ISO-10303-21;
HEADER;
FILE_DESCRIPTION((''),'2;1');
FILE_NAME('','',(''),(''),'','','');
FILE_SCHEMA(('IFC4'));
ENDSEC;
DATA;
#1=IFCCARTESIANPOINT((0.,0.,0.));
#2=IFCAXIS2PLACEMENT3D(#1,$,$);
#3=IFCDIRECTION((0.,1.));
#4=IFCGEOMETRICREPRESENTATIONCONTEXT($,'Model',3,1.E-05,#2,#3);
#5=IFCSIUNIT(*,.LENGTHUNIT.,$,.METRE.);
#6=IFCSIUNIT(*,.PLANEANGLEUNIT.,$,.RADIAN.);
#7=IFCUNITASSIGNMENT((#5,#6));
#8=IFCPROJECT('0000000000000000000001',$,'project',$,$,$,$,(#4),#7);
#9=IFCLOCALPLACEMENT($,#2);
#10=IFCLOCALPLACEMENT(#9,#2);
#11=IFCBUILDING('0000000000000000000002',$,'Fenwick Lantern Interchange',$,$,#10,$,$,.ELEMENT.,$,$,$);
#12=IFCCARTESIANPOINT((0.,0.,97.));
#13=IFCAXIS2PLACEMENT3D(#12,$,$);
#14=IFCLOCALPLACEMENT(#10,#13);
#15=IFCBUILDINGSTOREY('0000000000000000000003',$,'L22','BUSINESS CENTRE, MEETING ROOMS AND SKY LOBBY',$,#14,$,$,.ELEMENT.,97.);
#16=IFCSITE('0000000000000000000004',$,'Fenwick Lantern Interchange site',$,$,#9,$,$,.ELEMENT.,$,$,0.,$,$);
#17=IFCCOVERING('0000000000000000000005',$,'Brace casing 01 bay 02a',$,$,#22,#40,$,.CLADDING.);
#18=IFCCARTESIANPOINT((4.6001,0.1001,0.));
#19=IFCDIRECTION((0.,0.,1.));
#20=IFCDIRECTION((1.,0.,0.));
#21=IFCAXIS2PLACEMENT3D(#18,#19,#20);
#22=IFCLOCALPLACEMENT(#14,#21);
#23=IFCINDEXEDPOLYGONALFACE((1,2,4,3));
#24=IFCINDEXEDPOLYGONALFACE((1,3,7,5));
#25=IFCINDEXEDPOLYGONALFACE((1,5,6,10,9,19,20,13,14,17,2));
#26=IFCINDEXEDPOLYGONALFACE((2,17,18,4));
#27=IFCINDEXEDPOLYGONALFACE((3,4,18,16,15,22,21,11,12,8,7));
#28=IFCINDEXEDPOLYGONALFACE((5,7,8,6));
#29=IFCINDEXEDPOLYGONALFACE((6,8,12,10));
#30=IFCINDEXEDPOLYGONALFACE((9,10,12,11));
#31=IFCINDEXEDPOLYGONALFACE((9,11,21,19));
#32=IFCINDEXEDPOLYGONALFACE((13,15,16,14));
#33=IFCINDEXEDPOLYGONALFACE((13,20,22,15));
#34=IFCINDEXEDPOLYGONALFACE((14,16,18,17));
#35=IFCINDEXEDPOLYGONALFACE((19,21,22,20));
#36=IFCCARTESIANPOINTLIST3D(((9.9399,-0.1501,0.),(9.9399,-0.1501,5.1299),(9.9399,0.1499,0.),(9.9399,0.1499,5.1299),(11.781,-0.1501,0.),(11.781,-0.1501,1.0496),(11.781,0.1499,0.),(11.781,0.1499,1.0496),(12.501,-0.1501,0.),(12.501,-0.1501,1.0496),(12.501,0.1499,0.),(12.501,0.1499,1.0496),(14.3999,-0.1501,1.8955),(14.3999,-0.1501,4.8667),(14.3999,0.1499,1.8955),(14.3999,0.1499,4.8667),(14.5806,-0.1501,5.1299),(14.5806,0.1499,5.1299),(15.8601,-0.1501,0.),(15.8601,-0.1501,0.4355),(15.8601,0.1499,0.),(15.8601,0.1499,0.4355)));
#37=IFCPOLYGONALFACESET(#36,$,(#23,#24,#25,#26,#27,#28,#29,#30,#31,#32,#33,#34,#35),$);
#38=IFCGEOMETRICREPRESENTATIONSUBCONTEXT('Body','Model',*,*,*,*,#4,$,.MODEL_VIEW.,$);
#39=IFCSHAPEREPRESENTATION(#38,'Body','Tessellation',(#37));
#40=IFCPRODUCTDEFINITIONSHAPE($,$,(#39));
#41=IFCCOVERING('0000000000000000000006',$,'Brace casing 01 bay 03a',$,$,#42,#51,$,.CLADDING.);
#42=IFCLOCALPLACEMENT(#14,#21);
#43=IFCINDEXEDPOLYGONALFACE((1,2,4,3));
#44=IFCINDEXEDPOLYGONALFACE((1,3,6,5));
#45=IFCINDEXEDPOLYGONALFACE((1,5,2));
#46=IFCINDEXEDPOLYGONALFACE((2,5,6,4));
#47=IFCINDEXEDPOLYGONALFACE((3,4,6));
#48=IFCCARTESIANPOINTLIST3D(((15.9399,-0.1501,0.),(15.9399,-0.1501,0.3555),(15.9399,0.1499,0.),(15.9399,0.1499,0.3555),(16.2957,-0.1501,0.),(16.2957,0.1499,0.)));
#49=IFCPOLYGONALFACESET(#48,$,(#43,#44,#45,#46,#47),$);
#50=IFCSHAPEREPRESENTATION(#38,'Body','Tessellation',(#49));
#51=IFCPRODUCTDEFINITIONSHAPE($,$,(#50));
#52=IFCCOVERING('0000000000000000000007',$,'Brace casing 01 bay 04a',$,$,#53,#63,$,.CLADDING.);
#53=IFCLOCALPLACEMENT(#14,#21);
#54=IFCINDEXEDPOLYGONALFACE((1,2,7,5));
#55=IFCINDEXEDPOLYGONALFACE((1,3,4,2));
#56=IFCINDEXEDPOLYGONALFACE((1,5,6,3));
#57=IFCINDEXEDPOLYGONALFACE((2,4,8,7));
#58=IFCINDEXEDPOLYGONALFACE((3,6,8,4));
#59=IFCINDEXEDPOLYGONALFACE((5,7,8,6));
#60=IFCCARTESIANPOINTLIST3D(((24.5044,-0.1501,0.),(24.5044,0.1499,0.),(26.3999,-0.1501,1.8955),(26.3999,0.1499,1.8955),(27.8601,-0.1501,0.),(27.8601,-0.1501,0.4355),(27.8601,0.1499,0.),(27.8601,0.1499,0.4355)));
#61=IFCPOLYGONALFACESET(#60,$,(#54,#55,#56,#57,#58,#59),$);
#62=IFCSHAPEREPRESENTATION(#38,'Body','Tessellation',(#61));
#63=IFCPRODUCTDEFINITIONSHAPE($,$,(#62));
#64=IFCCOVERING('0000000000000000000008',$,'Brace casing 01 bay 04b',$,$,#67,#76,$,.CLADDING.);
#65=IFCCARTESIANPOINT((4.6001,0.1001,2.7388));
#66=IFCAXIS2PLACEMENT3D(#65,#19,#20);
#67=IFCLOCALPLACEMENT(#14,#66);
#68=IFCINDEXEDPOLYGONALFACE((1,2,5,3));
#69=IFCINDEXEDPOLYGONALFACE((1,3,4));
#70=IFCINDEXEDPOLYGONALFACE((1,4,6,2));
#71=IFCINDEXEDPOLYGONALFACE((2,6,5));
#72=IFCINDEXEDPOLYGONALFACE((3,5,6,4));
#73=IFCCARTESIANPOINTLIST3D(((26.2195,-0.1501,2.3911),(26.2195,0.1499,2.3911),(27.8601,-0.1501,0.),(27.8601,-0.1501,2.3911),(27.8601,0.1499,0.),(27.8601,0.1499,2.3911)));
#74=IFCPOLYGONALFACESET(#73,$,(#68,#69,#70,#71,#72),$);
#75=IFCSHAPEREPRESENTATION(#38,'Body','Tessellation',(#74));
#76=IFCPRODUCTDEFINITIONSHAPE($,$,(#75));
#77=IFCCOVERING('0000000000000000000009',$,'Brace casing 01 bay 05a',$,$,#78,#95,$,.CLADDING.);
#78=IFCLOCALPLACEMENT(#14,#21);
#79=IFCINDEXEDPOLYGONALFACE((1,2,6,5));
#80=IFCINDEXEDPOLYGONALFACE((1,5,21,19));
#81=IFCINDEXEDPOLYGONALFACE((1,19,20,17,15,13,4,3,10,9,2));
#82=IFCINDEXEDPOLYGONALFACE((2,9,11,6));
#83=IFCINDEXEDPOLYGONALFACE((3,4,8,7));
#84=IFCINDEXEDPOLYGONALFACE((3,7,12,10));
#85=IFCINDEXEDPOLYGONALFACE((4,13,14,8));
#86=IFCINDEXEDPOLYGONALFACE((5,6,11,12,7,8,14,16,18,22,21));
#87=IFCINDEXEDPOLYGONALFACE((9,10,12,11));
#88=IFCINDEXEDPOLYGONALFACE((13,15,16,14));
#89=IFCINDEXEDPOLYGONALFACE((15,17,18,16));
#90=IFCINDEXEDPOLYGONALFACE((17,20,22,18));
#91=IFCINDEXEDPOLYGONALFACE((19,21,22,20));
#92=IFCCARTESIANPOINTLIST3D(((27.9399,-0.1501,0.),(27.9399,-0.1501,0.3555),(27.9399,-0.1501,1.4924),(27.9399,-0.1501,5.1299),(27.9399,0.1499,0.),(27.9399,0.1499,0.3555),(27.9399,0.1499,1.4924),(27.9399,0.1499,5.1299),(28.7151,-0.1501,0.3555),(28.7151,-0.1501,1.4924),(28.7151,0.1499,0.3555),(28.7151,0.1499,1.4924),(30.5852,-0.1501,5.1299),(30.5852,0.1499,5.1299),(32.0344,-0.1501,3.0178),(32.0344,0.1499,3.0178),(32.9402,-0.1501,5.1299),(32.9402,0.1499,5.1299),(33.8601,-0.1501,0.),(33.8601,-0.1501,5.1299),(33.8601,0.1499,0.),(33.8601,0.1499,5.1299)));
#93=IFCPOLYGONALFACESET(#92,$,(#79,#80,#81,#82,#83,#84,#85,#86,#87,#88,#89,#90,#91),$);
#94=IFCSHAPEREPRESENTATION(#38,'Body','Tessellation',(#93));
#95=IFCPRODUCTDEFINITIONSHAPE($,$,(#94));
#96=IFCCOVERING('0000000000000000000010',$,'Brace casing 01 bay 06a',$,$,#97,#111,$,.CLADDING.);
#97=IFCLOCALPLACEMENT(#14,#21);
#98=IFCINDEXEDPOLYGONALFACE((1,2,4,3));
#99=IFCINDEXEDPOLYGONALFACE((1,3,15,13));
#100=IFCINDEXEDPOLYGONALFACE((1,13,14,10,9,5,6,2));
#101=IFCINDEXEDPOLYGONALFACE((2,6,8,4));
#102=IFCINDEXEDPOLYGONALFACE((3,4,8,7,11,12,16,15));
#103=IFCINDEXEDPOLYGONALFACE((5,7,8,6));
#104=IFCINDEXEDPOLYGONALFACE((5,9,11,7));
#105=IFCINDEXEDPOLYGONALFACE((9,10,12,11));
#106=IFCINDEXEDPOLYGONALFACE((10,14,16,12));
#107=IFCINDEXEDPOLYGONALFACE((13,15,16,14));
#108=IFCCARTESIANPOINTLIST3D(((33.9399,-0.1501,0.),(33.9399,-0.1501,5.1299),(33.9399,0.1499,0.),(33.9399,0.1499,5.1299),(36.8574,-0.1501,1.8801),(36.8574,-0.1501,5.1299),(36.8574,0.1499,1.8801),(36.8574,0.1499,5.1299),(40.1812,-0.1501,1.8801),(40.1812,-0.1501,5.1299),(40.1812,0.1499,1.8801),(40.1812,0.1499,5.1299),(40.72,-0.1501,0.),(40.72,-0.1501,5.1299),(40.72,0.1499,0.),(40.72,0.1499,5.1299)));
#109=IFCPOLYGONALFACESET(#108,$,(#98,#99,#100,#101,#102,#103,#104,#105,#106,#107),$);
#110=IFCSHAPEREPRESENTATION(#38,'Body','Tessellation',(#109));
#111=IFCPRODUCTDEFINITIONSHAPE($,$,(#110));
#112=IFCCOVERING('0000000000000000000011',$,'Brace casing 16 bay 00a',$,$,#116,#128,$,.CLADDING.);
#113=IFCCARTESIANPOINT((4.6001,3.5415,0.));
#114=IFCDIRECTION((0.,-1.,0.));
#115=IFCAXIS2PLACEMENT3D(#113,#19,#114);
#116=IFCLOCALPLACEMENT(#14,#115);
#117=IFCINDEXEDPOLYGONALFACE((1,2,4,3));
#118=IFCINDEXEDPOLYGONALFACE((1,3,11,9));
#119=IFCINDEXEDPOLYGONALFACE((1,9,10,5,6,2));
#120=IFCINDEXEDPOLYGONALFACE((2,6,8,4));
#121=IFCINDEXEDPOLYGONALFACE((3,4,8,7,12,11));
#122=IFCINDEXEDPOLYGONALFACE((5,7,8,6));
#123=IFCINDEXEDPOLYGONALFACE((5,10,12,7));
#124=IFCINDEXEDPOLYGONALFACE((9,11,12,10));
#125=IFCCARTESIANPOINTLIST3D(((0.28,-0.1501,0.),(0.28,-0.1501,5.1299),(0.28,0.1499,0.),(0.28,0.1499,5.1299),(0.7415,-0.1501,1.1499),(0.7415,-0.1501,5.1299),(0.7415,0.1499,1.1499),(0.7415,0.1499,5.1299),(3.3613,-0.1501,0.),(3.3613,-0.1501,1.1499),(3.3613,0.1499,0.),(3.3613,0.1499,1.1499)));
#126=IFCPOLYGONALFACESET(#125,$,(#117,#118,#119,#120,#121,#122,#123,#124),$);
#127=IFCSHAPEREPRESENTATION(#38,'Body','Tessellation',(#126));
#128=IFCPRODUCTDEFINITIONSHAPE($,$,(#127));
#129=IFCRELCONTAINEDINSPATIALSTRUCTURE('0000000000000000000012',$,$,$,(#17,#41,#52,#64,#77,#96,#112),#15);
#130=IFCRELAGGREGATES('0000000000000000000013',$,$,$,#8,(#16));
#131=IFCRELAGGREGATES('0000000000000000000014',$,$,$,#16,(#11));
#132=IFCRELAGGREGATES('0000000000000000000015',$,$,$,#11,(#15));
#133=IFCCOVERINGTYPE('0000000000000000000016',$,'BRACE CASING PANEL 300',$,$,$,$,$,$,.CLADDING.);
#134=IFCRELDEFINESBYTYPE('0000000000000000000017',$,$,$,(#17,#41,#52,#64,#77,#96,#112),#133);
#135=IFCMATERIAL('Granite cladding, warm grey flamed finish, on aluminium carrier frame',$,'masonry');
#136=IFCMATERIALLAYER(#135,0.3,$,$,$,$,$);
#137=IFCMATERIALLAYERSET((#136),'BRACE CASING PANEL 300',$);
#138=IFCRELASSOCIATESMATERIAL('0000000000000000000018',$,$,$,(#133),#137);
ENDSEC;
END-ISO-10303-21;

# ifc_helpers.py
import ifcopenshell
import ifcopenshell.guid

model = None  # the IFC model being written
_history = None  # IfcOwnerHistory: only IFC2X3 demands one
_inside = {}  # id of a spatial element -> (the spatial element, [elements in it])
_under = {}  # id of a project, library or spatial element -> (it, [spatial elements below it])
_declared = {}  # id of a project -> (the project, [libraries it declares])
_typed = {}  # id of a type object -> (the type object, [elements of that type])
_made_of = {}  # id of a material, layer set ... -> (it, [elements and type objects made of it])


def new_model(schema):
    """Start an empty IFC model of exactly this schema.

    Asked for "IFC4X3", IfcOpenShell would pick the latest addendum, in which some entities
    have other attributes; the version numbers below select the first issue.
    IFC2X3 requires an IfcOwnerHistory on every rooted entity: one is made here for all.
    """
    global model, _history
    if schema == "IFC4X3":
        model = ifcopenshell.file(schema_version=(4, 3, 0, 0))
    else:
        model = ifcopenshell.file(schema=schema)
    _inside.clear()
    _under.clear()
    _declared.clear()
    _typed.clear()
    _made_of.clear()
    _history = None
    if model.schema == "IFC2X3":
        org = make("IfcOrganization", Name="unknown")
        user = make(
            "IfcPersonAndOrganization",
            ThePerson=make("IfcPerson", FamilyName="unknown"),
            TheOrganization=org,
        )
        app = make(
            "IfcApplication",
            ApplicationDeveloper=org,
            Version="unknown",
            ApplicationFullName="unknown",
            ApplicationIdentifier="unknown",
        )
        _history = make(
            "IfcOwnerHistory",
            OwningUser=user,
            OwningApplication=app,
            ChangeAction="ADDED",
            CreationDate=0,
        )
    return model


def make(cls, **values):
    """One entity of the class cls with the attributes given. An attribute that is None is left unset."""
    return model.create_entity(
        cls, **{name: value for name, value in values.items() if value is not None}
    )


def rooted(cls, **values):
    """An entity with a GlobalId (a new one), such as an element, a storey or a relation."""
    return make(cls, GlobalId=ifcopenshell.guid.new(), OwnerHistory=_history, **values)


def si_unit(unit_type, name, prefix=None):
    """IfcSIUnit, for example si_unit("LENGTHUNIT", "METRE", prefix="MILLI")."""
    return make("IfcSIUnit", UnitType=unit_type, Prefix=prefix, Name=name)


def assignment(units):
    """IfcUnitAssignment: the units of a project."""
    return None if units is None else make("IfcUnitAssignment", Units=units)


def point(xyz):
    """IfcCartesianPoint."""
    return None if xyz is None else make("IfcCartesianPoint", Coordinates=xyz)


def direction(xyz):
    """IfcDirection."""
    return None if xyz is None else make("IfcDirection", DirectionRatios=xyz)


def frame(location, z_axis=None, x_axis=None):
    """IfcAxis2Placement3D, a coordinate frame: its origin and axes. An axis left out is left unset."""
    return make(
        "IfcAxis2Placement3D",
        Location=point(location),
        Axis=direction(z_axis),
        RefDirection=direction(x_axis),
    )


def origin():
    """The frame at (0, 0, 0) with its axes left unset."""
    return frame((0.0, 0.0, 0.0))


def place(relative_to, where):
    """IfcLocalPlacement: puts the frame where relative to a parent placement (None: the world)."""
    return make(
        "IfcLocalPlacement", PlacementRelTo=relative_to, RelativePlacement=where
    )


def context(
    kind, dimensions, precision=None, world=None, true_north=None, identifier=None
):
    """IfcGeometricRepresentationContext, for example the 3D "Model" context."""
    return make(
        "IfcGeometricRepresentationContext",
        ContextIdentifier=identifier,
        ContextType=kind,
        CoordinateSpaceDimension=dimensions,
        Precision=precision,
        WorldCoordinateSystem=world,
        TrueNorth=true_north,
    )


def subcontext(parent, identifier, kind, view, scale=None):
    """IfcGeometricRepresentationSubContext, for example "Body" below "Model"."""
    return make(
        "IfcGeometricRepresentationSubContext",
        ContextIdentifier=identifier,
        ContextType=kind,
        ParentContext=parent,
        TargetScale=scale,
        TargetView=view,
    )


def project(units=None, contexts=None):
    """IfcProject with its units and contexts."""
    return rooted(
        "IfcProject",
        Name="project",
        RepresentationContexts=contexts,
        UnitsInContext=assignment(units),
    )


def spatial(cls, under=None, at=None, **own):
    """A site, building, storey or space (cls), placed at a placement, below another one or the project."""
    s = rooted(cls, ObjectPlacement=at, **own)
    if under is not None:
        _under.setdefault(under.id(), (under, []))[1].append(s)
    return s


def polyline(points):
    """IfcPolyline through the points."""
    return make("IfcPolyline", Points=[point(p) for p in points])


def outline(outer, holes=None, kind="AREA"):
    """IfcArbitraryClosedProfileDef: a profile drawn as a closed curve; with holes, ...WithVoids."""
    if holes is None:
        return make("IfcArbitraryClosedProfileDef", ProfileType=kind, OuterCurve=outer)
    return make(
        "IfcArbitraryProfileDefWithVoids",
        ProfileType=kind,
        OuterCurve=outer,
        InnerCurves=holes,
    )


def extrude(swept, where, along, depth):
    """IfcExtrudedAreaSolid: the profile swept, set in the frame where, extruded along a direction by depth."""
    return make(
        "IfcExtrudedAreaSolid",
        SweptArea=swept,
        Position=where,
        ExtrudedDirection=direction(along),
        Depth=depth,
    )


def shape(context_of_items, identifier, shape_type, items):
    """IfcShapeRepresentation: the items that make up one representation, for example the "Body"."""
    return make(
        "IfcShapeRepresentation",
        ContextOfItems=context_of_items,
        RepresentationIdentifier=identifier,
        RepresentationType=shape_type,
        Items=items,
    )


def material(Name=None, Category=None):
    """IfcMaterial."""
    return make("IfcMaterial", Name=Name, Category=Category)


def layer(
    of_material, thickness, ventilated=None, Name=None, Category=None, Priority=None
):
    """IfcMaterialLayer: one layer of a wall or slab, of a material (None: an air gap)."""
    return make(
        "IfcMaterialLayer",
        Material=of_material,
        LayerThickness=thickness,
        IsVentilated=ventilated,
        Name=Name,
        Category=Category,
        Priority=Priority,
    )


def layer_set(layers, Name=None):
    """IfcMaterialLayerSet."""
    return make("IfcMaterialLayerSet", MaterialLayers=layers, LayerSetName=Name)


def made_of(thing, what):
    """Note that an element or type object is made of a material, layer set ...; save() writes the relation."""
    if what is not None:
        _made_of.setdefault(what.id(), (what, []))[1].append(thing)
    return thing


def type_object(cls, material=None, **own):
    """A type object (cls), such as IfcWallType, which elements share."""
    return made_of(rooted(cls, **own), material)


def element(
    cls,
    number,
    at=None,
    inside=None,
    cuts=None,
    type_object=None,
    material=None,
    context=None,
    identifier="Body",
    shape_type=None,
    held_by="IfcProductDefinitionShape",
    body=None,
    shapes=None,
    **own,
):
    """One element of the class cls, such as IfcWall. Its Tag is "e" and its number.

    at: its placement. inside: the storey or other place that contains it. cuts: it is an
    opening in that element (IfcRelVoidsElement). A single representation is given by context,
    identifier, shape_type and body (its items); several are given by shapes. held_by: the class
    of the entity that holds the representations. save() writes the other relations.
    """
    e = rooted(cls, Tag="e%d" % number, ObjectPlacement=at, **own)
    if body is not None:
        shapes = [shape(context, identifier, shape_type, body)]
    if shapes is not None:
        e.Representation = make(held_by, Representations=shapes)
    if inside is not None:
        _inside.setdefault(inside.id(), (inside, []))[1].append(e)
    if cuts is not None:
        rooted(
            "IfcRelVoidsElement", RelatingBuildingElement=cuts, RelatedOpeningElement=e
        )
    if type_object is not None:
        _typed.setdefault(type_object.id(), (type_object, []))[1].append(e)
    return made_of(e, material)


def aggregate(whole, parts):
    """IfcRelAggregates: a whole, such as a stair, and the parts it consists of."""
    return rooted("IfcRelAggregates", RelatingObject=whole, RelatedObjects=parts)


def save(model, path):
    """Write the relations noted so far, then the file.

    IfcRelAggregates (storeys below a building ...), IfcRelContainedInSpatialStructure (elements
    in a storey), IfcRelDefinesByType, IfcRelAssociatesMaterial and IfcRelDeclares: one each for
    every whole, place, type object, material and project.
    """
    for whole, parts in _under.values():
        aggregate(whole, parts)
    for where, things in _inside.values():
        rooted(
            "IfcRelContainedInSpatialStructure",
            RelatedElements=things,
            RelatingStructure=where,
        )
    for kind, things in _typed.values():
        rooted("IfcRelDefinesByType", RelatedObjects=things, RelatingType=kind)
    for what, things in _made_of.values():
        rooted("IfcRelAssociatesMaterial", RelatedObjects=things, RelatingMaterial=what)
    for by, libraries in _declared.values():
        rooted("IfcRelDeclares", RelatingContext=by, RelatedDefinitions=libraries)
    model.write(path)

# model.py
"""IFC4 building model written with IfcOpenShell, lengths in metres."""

from ifc_helpers import new_model, si_unit, direction, frame, origin, place, context, subcontext, project, spatial, polyline, outline, extrude, material, layer, layer_set, type_object, element, save


model = new_model("IFC4")

# Units and contexts
model_context = context("Model", 3, precision=1e-05, world=origin(), true_north=direction((0.0, 1.0)))
body_context = subcontext(model_context, "Body", "Model", "MODEL_VIEW")
ifc_project = project(units=[si_unit("LENGTHUNIT", "METRE"), si_unit("PLANEANGLEUNIT", "RADIAN")], contexts=[model_context])

# Site, building, storey
site_placement = place(None, origin())
site = spatial("IfcSite", under=ifc_project, at=site_placement, Name="Fenwick Lantern Interchange site", CompositionType="ELEMENT", RefElevation=0.0)
building_placement = place(site_placement, origin())
building = spatial("IfcBuilding", under=site, at=building_placement, Name="Fenwick Lantern Interchange", CompositionType="ELEMENT")
storey_placement = place(building_placement, frame((0.0, 0.0, 97.0)))
storey = spatial("IfcBuildingStorey", under=building, at=storey_placement, Name="L22", Description="BUSINESS CENTRE, MEETING ROOMS AND SKY LOBBY", CompositionType="ELEMENT", Elevation=97.0)

# Coverings
ifc_material_1 = material(Name="Granite cladding, warm grey flamed finish, on aluminium carrier frame", Category="masonry")
ifc_layer_1 = layer(ifc_material_1, 0.3)
ifc_layer_set_1 = layer_set([ifc_layer_1], Name="BRACE CASING PANEL 300")
covering_type = type_object("IfcCoveringType", Name="BRACE CASING PANEL 300", PredefinedType="CLADDING", material=ifc_layer_set_1)
covering_1_placement = place(storey_placement, frame((4.6001, 0.1001, 0.0), z_axis=(0.0, 0.0, 1.0), x_axis=(1.0, 0.0, 0.0)))
element("IfcCovering", 1, at=covering_1_placement, inside=storey, type_object=covering_type, Name="Brace casing 01 bay 02a", PredefinedType="CLADDING", context=body_context, shape_type="SweptSolid", body=[
    extrude(outline(polyline([(9.9399, 0.0), (11.781, 0.0), (11.781, 1.0496), (12.501, 1.0496), (12.501, 0.0), (15.8601, 0.0), (15.8601, 0.4355), (14.3999, 1.8955), (14.3999, 4.8667), (14.5806, 5.1299), (9.9399, 5.1299), (9.9399, 0.0)])), frame((0.0, 0.1499, 0.0), z_axis=(0.0, -1.0, 0.0), x_axis=(1.0, 0.0, 0.0)), (0.0, 0.0, 1.0), 0.3),
])
covering_2_placement = place(storey_placement, frame((4.6001, 0.1001, 0.0), z_axis=(0.0, 0.0, 1.0), x_axis=(1.0, 0.0, 0.0)))
element("IfcCovering", 2, at=covering_2_placement, inside=storey, type_object=covering_type, Name="Brace casing 01 bay 03a", PredefinedType="CLADDING", context=body_context, shape_type="SweptSolid", body=[
    extrude(outline(polyline([(15.9399, 0.0), (16.2957, 0.0), (15.9399, 0.3555), (15.9399, 0.0)])), frame((0.0, 0.1499, 0.0), z_axis=(0.0, -1.0, 0.0), x_axis=(1.0, 0.0, 0.0)), (0.0, 0.0, 1.0), 0.3),
])
covering_3_placement = place(storey_placement, frame((4.6001, 0.1001, 0.0), z_axis=(0.0, 0.0, 1.0), x_axis=(1.0, 0.0, 0.0)))
element("IfcCovering", 3, at=covering_3_placement, inside=storey, type_object=covering_type, Name="Brace casing 01 bay 04a", PredefinedType="CLADDING", context=body_context, shape_type="SweptSolid", body=[
    extrude(outline(polyline([(24.5044, 0.0), (27.8601, 0.0), (27.8601, 0.4355), (26.3999, 1.8955), (24.5044, 0.0)])), frame((0.0, 0.1499, 0.0), z_axis=(0.0, -1.0, 0.0), x_axis=(1.0, 0.0, 0.0)), (0.0, 0.0, 1.0), 0.3),
])
covering_4_placement = place(storey_placement, frame((4.6001, 0.1001, 2.7388), z_axis=(0.0, 0.0, 1.0), x_axis=(1.0, 0.0, 0.0)))
element("IfcCovering", 4, at=covering_4_placement, inside=storey, type_object=covering_type, Name="Brace casing 01 bay 04b", PredefinedType="CLADDING", context=body_context, shape_type="SweptSolid", body=[
    extrude(outline(polyline([(27.8601, 0.0), (27.8601, 2.3911), (26.2195, 2.3911), (27.8601, 0.0)])), frame((0.0, 0.1499, 0.0), z_axis=(0.0, -1.0, 0.0), x_axis=(1.0, 0.0, 0.0)), (0.0, 0.0, 1.0), 0.3),
])
covering_5_placement = place(storey_placement, frame((4.6001, 0.1001, 0.0), z_axis=(0.0, 0.0, 1.0), x_axis=(1.0, 0.0, 0.0)))
element("IfcCovering", 5, at=covering_5_placement, inside=storey, type_object=covering_type, Name="Brace casing 01 bay 05a", PredefinedType="CLADDING", context=body_context, shape_type="SweptSolid", body=[
    extrude(outline(polyline([(27.9399, 0.0), (33.8601, 0.0), (33.8601, 5.1299), (32.9402, 5.1299), (32.0344, 3.0178), (30.5852, 5.1299), (27.9399, 5.1299), (27.9399, 1.4924), (28.7151, 1.4924), (28.7151, 0.3555), (27.9399, 0.3555), (27.9399, 0.0)])), frame((0.0, 0.1499, 0.0), z_axis=(0.0, -1.0, 0.0), x_axis=(1.0, 0.0, 0.0)), (0.0, 0.0, 1.0), 0.3),
])
covering_6_placement = place(storey_placement, frame((4.6001, 0.1001, 0.0), z_axis=(0.0, 0.0, 1.0), x_axis=(1.0, 0.0, 0.0)))
element("IfcCovering", 6, at=covering_6_placement, inside=storey, type_object=covering_type, Name="Brace casing 01 bay 06a", PredefinedType="CLADDING", context=body_context, shape_type="SweptSolid", body=[
    extrude(outline(polyline([(33.9399, 0.0), (40.72, 0.0), (40.72, 5.1299), (40.1812, 5.1299), (40.1812, 1.8801), (36.8574, 1.8801), (36.8574, 5.1299), (33.9399, 5.1299), (33.9399, 0.0)])), frame((0.0, 0.1499, 0.0), z_axis=(0.0, -1.0, 0.0), x_axis=(1.0, 0.0, 0.0)), (0.0, 0.0, 1.0), 0.3),
])
covering_7_placement = place(storey_placement, frame((4.6001, 3.5415, 0.0), z_axis=(0.0, 0.0, 1.0), x_axis=(0.0, -1.0, 0.0)))
element("IfcCovering", 7, at=covering_7_placement, inside=storey, type_object=covering_type, Name="Brace casing 16 bay 00a", PredefinedType="CLADDING", context=body_context, shape_type="SweptSolid", body=[
    extrude(outline(polyline([(0.28, 0.0), (3.3613, 0.0), (3.3613, 1.1499), (0.7415, 1.1499), (0.7415, 5.1299), (0.28, 5.1299), (0.28, 0.0)])), frame((0.0, 0.1499, 0.0), z_axis=(0.0, -1.0, 0.0), x_axis=(1.0, 0.0, 0.0)), (0.0, 0.0, 1.0), 0.3),
])

save(model, "model.ifc")
